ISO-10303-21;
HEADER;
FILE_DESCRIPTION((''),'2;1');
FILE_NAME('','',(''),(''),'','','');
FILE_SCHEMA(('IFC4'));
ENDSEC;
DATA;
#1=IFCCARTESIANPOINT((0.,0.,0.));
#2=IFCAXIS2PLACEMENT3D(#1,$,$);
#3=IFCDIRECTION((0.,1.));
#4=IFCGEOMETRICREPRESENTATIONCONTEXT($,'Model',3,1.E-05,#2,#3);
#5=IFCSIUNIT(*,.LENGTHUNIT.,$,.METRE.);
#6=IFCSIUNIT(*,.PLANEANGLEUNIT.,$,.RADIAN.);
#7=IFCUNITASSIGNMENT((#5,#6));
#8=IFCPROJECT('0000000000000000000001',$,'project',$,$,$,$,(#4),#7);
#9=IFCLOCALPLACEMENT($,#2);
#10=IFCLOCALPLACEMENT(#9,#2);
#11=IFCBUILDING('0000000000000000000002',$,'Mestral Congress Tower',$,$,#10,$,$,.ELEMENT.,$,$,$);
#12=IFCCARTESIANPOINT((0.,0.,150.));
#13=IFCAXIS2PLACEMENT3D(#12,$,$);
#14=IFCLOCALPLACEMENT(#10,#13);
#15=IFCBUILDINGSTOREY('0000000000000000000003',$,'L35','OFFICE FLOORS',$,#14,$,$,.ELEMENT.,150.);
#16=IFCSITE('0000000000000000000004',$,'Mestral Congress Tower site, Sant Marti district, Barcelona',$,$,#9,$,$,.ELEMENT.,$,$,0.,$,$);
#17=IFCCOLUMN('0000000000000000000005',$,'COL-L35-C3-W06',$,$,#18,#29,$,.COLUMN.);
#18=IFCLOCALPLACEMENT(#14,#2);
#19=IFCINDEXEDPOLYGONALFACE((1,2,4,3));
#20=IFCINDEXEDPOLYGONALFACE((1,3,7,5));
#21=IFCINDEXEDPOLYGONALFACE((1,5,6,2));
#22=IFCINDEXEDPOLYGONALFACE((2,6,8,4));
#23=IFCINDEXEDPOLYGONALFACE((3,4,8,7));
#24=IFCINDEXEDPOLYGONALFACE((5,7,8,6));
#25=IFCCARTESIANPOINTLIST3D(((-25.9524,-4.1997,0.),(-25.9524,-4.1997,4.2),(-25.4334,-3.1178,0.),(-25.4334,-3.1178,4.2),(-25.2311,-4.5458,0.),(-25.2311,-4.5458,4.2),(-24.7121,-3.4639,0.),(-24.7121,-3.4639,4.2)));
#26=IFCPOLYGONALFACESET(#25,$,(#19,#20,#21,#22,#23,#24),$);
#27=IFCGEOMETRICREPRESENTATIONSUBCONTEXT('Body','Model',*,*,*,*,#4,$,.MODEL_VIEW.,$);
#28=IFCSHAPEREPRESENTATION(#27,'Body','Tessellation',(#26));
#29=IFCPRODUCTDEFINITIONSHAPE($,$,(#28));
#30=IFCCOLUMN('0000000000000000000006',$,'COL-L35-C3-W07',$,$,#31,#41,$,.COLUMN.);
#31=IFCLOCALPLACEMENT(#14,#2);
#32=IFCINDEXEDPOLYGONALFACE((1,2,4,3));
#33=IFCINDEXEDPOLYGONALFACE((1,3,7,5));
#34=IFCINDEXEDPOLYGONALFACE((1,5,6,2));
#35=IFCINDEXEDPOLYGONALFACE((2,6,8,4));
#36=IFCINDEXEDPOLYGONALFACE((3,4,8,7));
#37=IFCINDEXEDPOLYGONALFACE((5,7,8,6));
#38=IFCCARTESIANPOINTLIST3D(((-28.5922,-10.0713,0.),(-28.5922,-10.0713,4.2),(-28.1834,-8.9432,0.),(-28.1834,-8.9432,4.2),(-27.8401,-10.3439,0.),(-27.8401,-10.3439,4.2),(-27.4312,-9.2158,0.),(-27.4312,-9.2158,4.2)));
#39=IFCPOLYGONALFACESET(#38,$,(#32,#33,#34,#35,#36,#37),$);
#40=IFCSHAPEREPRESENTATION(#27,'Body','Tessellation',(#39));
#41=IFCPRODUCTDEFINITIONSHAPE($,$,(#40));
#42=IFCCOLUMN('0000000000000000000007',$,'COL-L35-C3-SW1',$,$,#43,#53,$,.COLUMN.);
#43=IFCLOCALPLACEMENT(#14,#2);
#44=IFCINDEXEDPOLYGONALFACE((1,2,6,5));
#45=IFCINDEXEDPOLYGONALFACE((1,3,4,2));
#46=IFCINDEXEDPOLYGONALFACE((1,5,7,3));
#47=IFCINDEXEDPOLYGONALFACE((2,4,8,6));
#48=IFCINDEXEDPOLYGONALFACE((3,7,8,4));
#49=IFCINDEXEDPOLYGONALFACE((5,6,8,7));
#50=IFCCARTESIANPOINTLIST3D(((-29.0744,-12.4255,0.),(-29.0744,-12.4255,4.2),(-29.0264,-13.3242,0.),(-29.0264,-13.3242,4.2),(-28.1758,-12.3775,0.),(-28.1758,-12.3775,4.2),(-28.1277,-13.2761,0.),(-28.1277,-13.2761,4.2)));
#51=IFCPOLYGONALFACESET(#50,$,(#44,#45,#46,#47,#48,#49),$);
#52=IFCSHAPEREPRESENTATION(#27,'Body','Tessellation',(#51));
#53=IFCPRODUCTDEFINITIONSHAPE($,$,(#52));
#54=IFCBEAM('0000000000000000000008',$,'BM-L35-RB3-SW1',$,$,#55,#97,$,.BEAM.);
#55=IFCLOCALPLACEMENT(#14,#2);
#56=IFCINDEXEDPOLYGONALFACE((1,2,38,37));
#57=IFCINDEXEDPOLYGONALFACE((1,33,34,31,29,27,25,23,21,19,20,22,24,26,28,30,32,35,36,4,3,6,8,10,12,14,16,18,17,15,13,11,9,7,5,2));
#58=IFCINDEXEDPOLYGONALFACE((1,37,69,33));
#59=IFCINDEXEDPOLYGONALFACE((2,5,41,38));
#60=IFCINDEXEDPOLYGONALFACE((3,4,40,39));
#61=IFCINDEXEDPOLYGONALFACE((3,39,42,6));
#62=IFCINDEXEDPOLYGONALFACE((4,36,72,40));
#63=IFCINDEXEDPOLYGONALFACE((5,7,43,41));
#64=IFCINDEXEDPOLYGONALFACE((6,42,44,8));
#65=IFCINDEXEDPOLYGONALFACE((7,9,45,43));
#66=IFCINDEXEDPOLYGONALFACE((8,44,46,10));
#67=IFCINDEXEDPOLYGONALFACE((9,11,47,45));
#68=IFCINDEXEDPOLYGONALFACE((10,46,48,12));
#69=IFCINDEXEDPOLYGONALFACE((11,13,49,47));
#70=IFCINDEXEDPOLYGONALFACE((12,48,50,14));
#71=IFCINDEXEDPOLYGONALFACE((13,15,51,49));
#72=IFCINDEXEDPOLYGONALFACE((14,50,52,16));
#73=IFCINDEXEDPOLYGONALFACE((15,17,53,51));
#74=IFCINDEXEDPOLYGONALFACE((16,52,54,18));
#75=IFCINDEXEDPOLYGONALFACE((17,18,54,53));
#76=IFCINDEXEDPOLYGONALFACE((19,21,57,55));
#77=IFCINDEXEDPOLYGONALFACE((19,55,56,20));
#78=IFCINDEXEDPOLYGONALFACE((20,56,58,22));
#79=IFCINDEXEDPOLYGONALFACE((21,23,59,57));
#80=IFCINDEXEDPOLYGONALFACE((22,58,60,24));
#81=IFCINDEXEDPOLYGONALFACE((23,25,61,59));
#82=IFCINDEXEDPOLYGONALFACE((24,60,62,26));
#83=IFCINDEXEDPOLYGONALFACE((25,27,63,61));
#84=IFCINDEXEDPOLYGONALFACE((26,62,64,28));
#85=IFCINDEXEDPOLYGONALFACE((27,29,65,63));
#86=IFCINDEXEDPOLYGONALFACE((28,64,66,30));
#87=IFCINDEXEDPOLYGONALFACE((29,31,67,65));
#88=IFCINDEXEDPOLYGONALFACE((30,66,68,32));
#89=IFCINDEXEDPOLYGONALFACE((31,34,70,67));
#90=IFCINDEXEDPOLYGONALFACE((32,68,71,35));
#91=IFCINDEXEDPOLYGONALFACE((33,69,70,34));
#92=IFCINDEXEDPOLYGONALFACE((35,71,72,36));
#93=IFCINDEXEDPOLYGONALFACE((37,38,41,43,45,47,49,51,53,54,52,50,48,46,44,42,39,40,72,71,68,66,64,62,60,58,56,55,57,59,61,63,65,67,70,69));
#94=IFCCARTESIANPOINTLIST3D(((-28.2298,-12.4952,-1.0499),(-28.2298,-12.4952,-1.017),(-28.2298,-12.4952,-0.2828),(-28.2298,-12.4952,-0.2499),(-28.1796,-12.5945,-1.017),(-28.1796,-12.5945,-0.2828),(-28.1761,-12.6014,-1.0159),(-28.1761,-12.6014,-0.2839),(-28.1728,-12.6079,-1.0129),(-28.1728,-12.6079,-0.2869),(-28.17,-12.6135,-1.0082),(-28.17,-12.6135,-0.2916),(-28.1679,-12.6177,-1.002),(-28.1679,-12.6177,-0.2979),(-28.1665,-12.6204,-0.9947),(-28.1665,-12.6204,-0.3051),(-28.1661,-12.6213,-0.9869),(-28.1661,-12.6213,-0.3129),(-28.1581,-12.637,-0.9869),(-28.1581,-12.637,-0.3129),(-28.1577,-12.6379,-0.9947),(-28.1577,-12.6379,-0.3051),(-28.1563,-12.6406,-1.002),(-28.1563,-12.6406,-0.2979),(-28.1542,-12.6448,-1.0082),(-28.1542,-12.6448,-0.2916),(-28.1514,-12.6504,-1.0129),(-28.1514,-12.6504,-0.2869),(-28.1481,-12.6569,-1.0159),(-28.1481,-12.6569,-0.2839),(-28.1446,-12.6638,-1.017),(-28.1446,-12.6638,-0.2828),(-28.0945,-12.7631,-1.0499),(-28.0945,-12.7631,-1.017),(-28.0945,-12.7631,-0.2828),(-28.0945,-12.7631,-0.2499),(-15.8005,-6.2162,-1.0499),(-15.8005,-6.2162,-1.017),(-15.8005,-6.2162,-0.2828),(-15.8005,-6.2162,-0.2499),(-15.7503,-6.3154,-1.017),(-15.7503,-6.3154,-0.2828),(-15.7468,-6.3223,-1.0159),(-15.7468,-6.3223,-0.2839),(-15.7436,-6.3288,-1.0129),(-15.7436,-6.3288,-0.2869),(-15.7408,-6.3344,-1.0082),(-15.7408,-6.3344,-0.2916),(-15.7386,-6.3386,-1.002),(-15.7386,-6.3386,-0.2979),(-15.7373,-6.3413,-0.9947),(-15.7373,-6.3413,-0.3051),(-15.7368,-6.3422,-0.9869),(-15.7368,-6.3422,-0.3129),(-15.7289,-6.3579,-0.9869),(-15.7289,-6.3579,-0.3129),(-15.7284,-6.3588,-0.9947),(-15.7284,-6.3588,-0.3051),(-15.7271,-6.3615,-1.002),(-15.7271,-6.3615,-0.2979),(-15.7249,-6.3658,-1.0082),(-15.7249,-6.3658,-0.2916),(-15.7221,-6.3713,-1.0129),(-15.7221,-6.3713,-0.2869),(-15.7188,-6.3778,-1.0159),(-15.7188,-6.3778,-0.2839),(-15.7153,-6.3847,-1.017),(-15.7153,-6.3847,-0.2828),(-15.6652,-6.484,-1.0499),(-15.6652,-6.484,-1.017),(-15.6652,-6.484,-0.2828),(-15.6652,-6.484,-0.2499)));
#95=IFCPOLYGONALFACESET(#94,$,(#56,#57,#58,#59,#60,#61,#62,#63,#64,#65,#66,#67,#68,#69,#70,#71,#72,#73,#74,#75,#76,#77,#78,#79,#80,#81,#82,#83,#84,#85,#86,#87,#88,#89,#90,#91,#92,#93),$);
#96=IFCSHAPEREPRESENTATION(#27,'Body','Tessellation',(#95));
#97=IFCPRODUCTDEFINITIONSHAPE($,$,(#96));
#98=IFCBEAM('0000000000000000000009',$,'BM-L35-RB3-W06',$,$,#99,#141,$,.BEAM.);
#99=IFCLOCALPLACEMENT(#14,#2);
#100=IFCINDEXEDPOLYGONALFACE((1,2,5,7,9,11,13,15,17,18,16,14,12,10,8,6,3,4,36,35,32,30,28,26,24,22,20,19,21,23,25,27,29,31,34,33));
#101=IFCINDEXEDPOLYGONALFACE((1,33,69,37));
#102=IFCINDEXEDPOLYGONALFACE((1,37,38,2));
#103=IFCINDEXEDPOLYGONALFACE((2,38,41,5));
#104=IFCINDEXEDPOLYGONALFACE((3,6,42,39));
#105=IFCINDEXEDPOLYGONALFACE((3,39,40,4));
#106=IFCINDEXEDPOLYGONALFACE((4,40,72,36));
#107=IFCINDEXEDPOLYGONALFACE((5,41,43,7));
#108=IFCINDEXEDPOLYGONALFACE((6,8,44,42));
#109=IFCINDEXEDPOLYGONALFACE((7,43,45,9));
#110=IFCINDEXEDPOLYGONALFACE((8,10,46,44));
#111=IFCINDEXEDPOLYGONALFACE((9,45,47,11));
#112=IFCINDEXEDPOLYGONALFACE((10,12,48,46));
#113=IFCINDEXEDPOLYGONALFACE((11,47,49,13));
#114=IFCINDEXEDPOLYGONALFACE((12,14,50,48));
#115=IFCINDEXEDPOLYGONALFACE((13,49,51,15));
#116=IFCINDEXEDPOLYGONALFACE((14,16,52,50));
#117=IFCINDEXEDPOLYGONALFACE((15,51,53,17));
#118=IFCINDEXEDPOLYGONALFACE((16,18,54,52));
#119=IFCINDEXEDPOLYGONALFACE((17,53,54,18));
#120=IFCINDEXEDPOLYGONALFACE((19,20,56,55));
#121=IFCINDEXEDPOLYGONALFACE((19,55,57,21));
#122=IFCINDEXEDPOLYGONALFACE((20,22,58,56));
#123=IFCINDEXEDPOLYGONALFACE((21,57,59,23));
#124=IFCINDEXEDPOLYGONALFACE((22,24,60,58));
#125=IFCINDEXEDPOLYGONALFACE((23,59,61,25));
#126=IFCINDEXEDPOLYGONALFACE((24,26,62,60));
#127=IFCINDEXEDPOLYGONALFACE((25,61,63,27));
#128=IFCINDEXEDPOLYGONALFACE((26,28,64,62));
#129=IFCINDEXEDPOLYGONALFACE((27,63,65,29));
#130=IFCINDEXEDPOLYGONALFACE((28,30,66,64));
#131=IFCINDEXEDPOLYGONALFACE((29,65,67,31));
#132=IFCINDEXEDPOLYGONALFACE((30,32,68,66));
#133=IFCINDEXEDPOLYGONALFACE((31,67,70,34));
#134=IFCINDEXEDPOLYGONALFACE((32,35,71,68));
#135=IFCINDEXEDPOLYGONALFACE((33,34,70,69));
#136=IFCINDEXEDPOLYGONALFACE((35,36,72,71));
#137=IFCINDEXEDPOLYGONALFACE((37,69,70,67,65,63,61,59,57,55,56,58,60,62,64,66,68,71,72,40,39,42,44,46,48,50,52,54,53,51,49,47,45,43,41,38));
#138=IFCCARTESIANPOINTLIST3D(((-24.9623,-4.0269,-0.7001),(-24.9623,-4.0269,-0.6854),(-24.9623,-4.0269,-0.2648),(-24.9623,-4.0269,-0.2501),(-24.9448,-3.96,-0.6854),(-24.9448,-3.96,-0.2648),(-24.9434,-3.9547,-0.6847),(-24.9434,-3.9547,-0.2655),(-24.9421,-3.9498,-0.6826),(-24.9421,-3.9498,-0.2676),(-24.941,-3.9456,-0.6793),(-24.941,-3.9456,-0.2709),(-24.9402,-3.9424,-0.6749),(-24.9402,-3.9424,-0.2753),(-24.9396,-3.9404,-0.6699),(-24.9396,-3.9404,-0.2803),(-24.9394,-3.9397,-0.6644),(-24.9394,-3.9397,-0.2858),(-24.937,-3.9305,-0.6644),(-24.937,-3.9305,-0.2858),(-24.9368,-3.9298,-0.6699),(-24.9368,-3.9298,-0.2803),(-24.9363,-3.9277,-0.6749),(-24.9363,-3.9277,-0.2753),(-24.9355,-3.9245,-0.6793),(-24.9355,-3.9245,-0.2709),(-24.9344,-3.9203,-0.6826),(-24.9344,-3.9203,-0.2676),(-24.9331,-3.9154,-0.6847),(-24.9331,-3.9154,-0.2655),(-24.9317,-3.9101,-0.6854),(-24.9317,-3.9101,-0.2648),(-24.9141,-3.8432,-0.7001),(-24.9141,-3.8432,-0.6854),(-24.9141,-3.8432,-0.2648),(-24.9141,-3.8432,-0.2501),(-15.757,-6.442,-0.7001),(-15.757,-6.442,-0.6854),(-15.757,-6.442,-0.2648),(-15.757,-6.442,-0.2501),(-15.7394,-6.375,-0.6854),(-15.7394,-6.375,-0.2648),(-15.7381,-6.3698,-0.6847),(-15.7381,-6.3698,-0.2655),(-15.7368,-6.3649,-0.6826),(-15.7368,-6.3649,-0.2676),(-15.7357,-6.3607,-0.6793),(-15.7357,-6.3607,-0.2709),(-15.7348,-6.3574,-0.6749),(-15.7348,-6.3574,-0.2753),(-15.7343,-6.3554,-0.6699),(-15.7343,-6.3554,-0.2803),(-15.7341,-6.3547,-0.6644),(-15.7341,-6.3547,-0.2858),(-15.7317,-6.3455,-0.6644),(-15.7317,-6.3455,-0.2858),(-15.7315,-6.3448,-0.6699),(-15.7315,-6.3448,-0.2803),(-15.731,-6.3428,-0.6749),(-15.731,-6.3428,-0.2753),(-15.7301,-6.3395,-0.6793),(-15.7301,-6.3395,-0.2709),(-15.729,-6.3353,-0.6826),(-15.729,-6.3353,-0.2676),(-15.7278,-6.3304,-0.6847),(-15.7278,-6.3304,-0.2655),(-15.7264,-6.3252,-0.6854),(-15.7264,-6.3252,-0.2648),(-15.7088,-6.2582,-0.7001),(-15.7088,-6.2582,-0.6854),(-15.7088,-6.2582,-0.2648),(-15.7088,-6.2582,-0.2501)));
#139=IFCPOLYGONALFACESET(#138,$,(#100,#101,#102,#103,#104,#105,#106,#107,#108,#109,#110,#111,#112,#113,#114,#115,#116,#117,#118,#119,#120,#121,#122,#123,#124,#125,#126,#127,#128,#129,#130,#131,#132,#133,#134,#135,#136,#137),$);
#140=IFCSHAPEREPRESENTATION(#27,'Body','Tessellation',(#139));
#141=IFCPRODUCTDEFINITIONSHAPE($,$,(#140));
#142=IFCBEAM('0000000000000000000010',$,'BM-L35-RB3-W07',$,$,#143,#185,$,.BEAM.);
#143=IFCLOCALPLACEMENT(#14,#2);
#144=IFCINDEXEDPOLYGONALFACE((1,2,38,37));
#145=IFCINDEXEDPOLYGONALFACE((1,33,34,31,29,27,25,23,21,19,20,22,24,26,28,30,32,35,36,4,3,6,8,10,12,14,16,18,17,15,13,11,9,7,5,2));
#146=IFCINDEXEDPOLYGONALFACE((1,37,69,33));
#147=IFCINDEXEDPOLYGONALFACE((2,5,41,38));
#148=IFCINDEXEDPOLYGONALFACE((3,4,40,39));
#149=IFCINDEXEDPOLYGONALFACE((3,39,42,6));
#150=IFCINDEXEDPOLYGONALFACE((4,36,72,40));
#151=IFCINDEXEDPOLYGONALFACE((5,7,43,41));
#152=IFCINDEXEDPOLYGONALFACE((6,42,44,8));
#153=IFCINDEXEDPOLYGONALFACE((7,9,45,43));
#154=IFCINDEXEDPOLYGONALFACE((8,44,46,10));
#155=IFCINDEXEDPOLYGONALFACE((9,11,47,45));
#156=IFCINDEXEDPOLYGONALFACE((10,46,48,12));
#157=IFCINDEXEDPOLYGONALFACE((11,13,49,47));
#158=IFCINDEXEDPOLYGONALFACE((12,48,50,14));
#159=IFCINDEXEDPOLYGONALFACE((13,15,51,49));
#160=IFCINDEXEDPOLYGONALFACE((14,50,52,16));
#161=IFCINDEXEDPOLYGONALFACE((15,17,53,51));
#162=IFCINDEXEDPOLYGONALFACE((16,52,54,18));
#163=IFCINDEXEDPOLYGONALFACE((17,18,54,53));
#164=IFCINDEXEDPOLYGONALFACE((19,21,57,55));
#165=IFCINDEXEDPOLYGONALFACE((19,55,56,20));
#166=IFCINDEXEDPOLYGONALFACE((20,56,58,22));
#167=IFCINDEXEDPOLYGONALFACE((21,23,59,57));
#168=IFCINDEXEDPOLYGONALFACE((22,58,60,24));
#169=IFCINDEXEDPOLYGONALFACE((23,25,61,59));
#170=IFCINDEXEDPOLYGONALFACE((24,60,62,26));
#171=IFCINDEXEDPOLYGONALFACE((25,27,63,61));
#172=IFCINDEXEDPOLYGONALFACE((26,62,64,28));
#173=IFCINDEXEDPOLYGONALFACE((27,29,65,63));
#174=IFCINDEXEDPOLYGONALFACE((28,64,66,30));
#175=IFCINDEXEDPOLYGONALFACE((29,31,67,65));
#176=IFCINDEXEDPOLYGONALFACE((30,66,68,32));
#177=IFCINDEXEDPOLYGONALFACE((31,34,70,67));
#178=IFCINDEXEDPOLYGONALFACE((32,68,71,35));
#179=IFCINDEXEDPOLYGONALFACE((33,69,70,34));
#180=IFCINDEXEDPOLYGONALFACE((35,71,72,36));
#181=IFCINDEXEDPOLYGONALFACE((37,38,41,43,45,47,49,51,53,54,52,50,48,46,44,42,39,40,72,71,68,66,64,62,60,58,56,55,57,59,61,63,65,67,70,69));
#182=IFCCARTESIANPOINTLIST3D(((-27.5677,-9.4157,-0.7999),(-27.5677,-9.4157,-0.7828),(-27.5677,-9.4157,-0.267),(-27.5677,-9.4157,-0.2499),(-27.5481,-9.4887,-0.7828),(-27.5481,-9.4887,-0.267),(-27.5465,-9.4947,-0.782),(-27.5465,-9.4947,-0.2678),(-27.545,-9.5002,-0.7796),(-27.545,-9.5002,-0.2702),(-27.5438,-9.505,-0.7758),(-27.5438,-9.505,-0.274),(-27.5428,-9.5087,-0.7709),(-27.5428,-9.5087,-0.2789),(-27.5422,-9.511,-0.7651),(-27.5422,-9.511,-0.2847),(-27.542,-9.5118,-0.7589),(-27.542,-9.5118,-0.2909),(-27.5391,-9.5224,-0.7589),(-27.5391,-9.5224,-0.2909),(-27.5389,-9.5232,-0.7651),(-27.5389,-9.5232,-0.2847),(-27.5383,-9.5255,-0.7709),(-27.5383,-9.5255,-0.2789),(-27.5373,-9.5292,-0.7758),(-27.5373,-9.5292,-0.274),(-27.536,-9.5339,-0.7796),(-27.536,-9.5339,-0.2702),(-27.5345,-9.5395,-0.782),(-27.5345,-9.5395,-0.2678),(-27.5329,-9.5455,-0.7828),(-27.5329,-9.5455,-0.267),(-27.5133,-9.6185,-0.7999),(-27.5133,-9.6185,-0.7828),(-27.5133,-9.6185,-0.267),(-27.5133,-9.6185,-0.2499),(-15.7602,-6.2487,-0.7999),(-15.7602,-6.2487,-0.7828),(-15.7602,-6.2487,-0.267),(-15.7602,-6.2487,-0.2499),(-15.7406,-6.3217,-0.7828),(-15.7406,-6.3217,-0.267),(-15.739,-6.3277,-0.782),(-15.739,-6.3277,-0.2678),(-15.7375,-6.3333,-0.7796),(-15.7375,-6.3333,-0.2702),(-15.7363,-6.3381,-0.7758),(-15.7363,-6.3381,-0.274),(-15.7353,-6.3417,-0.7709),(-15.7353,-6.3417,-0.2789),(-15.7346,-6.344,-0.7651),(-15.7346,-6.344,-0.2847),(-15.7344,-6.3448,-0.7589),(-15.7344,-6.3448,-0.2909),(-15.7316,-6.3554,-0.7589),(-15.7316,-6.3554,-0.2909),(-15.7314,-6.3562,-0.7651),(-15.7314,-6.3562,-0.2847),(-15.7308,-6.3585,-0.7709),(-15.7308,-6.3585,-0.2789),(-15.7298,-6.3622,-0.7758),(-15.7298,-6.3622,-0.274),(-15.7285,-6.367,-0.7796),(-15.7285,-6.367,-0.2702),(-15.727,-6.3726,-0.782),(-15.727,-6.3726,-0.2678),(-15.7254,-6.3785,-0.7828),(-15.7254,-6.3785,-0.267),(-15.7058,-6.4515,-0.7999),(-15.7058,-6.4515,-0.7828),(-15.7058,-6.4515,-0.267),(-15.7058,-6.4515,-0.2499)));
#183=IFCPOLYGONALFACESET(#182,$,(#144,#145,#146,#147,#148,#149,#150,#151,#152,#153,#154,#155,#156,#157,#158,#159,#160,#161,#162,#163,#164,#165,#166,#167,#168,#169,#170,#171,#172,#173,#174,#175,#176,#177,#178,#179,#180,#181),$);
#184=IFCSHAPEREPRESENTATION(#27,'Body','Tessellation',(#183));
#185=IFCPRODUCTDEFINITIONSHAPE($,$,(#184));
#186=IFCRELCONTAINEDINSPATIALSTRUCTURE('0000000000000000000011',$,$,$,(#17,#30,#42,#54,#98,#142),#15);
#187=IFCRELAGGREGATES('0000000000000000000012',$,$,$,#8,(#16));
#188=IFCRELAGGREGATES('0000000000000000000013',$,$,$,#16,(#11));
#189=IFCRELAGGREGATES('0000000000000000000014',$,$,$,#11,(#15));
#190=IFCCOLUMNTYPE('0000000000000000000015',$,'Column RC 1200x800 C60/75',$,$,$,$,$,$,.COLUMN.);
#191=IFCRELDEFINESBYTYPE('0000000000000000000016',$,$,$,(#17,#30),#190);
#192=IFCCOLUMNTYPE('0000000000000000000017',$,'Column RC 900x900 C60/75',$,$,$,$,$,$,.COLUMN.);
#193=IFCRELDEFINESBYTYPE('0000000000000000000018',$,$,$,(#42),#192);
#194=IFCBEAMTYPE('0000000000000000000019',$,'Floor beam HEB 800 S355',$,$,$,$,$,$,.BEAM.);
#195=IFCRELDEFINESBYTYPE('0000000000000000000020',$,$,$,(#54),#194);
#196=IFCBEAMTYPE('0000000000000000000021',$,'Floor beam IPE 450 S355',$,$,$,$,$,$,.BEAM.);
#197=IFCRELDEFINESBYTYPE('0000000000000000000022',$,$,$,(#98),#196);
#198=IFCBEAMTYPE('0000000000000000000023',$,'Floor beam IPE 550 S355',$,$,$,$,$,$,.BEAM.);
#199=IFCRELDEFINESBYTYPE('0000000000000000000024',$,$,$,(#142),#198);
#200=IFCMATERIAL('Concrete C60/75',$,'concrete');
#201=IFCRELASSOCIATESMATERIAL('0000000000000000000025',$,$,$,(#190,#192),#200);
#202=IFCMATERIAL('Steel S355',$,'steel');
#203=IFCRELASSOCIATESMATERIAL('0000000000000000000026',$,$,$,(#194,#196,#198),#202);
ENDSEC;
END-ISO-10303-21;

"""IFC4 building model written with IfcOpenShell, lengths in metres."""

from ifc_helpers import new_model, si_unit, direction, frame, origin, origin_2d, place, context, subcontext, project, spatial, rectangle, i_section, extrude, material, material_profile, profile_set, type_object, element, save


model = new_model("IFC4")

# Units and contexts
model_context = context("Model", 3, precision=1e-05, world=origin(), true_north=direction((0.0, 1.0)))
body_context = subcontext(model_context, "Body", "Model", "MODEL_VIEW")
ifc_project = project(units=[si_unit("LENGTHUNIT", "METRE"), si_unit("PLANEANGLEUNIT", "RADIAN")], contexts=[model_context])

# Site, building, storey
site_placement = place(None, origin())
site = spatial("IfcSite", under=ifc_project, at=site_placement, Name="Mestral Congress Tower site, Sant Marti district, Barcelona", CompositionType="ELEMENT", RefElevation=0.0)
building_placement = place(site_placement, origin())
building = spatial("IfcBuilding", under=site, at=building_placement, Name="Mestral Congress Tower", CompositionType="ELEMENT")
storey_placement = place(building_placement, frame((0.0, 0.0, 150.0)))
storey = spatial("IfcBuildingStorey", under=building, at=storey_placement, Name="L35", Description="OFFICE FLOORS", CompositionType="ELEMENT", Elevation=150.0)

# Columns
ifc_material_1 = material(Name="Concrete C60/75", Category="concrete")
ifc_material_profile_1 = material_profile(ifc_material_1, rectangle(XDim=1.2, YDim=0.8, at=origin_2d()), Name="RC 1200x800")
ifc_profile_set_1 = profile_set([ifc_material_profile_1], Name="Concrete C60/75")
column_type_1 = type_object("IfcColumnType", Name="Column RC 1200x800 C60/75", PredefinedType="COLUMN", material=ifc_profile_set_1)
for number, where, z_axis, x_axis, name in (
    (1, (-25.3323, -3.8318, 0.0), (0.0, 0.0, 1.0), (-0.432522, -0.901624, 0.0), "COL-L35-C3-W06"),
    (2, (-28.0117, -9.6436, 0.0), (0.0, 0.0, 1.0), (-0.340744, -0.940156, 0.0), "COL-L35-C3-W07"),
):
    element("IfcColumn", number, at=place(storey_placement, frame(where, z_axis=z_axis, x_axis=x_axis)), inside=storey, type_object=column_type_1, Name=name, PredefinedType="COLUMN", context=body_context, shape_type="SweptSolid", body=[
        extrude(rectangle(XDim=1.2, YDim=0.8, at=origin_2d()), origin(), (0.0, 0.0, 1.0), 4.2),
    ])
ifc_material_profile_2 = material_profile(ifc_material_1, rectangle(XDim=0.8999, YDim=0.8999, at=origin_2d()), Name="RC 900x900")
ifc_profile_set_2 = profile_set([ifc_material_profile_2], Name="Concrete C60/75")
column_type_2 = type_object("IfcColumnType", Name="Column RC 900x900 C60/75", PredefinedType="COLUMN", material=ifc_profile_set_2)
column_placement = place(storey_placement, frame((-28.6011, -12.8508, 0.0), z_axis=(0.0, 0.0, 1.0), x_axis=(0.053392, -0.998574, 0.0)))
element("IfcColumn", 3, at=column_placement, inside=storey, type_object=column_type_2, Name="COL-L35-C3-SW1", PredefinedType="COLUMN", context=body_context, shape_type="SweptSolid", body=[
    extrude(rectangle(XDim=0.8999, YDim=0.8999, at=origin_2d()), origin(), (0.0, 0.0, 1.0), 4.2),
])

# Beams
ifc_material_2 = material(Name="Steel S355", Category="steel")
ifc_material_profile_3 = material_profile(ifc_material_2, i_section(OverallWidth=0.3, OverallDepth=0.8, WebThickness=0.0176, FlangeThickness=0.033, FilletRadius=0.03, at=origin_2d()), Name="HEB 800")
ifc_profile_set_3 = profile_set([ifc_material_profile_3], Name="Steel S355")
beam_type_1 = type_object("IfcBeamType", Name="Floor beam HEB 800 S355", PredefinedType="BEAM", material=ifc_profile_set_3)
beam_1_placement = place(storey_placement, frame((-28.1621, -12.6292, -0.6499), z_axis=(0.892568, 0.450913, 0.0), x_axis=(-0.450913, 0.892568, 0.0)))
element("IfcBeam", 4, at=beam_1_placement, inside=storey, type_object=beam_type_1, Name="BM-L35-RB3-SW1", PredefinedType="BEAM", context=body_context, shape_type="SweptSolid", body=[
    extrude(i_section(OverallWidth=0.3, OverallDepth=0.8, WebThickness=0.0176, FlangeThickness=0.033, FilletRadius=0.03, at=origin_2d()), origin(), (0.0, 0.0, 1.0), 13.9253),
])
ifc_material_profile_4 = material_profile(ifc_material_2, i_section(OverallWidth=0.1899, OverallDepth=0.45, WebThickness=0.0095, FlangeThickness=0.0146, FilletRadius=0.021, at=origin_2d()), Name="IPE 450")
ifc_profile_set_4 = profile_set([ifc_material_profile_4], Name="Steel S355")
beam_type_2 = type_object("IfcBeamType", Name="Floor beam IPE 450 S355", PredefinedType="BEAM", material=ifc_profile_set_4)
beam_2_placement = place(storey_placement, frame((-24.9382, -3.9351, -0.4751), z_axis=(0.967266, -0.253765, 0.0), x_axis=(0.253765, 0.967266, 0.0)))
element("IfcBeam", 5, at=beam_2_placement, inside=storey, type_object=beam_type_2, Name="BM-L35-RB3-W06", PredefinedType="BEAM", context=body_context, shape_type="SweptSolid", body=[
    extrude(i_section(OverallWidth=0.1899, OverallDepth=0.45, WebThickness=0.0095, FlangeThickness=0.0146, FilletRadius=0.021, at=origin_2d()), origin(), (0.0, 0.0, 1.0), 9.5168),
])
ifc_material_profile_5 = material_profile(ifc_material_2, i_section(OverallWidth=0.21, OverallDepth=0.55, WebThickness=0.011, FlangeThickness=0.0171, FilletRadius=0.0239, at=origin_2d()), Name="IPE 550")
ifc_profile_set_5 = profile_set([ifc_material_profile_5], Name="Steel S355")
beam_type_3 = type_object("IfcBeamType", Name="Floor beam IPE 550 S355", PredefinedType="BEAM", material=ifc_profile_set_5)
beam_3_placement = place(storey_placement, frame((-27.5405, -9.5171, -0.5249), z_axis=(0.965861, 0.259059, 0.0), x_axis=(-0.259059, 0.965861, 0.0)))
element("IfcBeam", 6, at=beam_3_placement, inside=storey, type_object=beam_type_3, Name="BM-L35-RB3-W07", PredefinedType="BEAM", context=body_context, shape_type="SweptSolid", body=[
    extrude(i_section(OverallWidth=0.21, OverallDepth=0.55, WebThickness=0.011, FlangeThickness=0.0171, FilletRadius=0.0239, at=origin_2d()), origin(), (0.0, 0.0, 1.0), 12.2249),
])

save(model, "model.ifc")
